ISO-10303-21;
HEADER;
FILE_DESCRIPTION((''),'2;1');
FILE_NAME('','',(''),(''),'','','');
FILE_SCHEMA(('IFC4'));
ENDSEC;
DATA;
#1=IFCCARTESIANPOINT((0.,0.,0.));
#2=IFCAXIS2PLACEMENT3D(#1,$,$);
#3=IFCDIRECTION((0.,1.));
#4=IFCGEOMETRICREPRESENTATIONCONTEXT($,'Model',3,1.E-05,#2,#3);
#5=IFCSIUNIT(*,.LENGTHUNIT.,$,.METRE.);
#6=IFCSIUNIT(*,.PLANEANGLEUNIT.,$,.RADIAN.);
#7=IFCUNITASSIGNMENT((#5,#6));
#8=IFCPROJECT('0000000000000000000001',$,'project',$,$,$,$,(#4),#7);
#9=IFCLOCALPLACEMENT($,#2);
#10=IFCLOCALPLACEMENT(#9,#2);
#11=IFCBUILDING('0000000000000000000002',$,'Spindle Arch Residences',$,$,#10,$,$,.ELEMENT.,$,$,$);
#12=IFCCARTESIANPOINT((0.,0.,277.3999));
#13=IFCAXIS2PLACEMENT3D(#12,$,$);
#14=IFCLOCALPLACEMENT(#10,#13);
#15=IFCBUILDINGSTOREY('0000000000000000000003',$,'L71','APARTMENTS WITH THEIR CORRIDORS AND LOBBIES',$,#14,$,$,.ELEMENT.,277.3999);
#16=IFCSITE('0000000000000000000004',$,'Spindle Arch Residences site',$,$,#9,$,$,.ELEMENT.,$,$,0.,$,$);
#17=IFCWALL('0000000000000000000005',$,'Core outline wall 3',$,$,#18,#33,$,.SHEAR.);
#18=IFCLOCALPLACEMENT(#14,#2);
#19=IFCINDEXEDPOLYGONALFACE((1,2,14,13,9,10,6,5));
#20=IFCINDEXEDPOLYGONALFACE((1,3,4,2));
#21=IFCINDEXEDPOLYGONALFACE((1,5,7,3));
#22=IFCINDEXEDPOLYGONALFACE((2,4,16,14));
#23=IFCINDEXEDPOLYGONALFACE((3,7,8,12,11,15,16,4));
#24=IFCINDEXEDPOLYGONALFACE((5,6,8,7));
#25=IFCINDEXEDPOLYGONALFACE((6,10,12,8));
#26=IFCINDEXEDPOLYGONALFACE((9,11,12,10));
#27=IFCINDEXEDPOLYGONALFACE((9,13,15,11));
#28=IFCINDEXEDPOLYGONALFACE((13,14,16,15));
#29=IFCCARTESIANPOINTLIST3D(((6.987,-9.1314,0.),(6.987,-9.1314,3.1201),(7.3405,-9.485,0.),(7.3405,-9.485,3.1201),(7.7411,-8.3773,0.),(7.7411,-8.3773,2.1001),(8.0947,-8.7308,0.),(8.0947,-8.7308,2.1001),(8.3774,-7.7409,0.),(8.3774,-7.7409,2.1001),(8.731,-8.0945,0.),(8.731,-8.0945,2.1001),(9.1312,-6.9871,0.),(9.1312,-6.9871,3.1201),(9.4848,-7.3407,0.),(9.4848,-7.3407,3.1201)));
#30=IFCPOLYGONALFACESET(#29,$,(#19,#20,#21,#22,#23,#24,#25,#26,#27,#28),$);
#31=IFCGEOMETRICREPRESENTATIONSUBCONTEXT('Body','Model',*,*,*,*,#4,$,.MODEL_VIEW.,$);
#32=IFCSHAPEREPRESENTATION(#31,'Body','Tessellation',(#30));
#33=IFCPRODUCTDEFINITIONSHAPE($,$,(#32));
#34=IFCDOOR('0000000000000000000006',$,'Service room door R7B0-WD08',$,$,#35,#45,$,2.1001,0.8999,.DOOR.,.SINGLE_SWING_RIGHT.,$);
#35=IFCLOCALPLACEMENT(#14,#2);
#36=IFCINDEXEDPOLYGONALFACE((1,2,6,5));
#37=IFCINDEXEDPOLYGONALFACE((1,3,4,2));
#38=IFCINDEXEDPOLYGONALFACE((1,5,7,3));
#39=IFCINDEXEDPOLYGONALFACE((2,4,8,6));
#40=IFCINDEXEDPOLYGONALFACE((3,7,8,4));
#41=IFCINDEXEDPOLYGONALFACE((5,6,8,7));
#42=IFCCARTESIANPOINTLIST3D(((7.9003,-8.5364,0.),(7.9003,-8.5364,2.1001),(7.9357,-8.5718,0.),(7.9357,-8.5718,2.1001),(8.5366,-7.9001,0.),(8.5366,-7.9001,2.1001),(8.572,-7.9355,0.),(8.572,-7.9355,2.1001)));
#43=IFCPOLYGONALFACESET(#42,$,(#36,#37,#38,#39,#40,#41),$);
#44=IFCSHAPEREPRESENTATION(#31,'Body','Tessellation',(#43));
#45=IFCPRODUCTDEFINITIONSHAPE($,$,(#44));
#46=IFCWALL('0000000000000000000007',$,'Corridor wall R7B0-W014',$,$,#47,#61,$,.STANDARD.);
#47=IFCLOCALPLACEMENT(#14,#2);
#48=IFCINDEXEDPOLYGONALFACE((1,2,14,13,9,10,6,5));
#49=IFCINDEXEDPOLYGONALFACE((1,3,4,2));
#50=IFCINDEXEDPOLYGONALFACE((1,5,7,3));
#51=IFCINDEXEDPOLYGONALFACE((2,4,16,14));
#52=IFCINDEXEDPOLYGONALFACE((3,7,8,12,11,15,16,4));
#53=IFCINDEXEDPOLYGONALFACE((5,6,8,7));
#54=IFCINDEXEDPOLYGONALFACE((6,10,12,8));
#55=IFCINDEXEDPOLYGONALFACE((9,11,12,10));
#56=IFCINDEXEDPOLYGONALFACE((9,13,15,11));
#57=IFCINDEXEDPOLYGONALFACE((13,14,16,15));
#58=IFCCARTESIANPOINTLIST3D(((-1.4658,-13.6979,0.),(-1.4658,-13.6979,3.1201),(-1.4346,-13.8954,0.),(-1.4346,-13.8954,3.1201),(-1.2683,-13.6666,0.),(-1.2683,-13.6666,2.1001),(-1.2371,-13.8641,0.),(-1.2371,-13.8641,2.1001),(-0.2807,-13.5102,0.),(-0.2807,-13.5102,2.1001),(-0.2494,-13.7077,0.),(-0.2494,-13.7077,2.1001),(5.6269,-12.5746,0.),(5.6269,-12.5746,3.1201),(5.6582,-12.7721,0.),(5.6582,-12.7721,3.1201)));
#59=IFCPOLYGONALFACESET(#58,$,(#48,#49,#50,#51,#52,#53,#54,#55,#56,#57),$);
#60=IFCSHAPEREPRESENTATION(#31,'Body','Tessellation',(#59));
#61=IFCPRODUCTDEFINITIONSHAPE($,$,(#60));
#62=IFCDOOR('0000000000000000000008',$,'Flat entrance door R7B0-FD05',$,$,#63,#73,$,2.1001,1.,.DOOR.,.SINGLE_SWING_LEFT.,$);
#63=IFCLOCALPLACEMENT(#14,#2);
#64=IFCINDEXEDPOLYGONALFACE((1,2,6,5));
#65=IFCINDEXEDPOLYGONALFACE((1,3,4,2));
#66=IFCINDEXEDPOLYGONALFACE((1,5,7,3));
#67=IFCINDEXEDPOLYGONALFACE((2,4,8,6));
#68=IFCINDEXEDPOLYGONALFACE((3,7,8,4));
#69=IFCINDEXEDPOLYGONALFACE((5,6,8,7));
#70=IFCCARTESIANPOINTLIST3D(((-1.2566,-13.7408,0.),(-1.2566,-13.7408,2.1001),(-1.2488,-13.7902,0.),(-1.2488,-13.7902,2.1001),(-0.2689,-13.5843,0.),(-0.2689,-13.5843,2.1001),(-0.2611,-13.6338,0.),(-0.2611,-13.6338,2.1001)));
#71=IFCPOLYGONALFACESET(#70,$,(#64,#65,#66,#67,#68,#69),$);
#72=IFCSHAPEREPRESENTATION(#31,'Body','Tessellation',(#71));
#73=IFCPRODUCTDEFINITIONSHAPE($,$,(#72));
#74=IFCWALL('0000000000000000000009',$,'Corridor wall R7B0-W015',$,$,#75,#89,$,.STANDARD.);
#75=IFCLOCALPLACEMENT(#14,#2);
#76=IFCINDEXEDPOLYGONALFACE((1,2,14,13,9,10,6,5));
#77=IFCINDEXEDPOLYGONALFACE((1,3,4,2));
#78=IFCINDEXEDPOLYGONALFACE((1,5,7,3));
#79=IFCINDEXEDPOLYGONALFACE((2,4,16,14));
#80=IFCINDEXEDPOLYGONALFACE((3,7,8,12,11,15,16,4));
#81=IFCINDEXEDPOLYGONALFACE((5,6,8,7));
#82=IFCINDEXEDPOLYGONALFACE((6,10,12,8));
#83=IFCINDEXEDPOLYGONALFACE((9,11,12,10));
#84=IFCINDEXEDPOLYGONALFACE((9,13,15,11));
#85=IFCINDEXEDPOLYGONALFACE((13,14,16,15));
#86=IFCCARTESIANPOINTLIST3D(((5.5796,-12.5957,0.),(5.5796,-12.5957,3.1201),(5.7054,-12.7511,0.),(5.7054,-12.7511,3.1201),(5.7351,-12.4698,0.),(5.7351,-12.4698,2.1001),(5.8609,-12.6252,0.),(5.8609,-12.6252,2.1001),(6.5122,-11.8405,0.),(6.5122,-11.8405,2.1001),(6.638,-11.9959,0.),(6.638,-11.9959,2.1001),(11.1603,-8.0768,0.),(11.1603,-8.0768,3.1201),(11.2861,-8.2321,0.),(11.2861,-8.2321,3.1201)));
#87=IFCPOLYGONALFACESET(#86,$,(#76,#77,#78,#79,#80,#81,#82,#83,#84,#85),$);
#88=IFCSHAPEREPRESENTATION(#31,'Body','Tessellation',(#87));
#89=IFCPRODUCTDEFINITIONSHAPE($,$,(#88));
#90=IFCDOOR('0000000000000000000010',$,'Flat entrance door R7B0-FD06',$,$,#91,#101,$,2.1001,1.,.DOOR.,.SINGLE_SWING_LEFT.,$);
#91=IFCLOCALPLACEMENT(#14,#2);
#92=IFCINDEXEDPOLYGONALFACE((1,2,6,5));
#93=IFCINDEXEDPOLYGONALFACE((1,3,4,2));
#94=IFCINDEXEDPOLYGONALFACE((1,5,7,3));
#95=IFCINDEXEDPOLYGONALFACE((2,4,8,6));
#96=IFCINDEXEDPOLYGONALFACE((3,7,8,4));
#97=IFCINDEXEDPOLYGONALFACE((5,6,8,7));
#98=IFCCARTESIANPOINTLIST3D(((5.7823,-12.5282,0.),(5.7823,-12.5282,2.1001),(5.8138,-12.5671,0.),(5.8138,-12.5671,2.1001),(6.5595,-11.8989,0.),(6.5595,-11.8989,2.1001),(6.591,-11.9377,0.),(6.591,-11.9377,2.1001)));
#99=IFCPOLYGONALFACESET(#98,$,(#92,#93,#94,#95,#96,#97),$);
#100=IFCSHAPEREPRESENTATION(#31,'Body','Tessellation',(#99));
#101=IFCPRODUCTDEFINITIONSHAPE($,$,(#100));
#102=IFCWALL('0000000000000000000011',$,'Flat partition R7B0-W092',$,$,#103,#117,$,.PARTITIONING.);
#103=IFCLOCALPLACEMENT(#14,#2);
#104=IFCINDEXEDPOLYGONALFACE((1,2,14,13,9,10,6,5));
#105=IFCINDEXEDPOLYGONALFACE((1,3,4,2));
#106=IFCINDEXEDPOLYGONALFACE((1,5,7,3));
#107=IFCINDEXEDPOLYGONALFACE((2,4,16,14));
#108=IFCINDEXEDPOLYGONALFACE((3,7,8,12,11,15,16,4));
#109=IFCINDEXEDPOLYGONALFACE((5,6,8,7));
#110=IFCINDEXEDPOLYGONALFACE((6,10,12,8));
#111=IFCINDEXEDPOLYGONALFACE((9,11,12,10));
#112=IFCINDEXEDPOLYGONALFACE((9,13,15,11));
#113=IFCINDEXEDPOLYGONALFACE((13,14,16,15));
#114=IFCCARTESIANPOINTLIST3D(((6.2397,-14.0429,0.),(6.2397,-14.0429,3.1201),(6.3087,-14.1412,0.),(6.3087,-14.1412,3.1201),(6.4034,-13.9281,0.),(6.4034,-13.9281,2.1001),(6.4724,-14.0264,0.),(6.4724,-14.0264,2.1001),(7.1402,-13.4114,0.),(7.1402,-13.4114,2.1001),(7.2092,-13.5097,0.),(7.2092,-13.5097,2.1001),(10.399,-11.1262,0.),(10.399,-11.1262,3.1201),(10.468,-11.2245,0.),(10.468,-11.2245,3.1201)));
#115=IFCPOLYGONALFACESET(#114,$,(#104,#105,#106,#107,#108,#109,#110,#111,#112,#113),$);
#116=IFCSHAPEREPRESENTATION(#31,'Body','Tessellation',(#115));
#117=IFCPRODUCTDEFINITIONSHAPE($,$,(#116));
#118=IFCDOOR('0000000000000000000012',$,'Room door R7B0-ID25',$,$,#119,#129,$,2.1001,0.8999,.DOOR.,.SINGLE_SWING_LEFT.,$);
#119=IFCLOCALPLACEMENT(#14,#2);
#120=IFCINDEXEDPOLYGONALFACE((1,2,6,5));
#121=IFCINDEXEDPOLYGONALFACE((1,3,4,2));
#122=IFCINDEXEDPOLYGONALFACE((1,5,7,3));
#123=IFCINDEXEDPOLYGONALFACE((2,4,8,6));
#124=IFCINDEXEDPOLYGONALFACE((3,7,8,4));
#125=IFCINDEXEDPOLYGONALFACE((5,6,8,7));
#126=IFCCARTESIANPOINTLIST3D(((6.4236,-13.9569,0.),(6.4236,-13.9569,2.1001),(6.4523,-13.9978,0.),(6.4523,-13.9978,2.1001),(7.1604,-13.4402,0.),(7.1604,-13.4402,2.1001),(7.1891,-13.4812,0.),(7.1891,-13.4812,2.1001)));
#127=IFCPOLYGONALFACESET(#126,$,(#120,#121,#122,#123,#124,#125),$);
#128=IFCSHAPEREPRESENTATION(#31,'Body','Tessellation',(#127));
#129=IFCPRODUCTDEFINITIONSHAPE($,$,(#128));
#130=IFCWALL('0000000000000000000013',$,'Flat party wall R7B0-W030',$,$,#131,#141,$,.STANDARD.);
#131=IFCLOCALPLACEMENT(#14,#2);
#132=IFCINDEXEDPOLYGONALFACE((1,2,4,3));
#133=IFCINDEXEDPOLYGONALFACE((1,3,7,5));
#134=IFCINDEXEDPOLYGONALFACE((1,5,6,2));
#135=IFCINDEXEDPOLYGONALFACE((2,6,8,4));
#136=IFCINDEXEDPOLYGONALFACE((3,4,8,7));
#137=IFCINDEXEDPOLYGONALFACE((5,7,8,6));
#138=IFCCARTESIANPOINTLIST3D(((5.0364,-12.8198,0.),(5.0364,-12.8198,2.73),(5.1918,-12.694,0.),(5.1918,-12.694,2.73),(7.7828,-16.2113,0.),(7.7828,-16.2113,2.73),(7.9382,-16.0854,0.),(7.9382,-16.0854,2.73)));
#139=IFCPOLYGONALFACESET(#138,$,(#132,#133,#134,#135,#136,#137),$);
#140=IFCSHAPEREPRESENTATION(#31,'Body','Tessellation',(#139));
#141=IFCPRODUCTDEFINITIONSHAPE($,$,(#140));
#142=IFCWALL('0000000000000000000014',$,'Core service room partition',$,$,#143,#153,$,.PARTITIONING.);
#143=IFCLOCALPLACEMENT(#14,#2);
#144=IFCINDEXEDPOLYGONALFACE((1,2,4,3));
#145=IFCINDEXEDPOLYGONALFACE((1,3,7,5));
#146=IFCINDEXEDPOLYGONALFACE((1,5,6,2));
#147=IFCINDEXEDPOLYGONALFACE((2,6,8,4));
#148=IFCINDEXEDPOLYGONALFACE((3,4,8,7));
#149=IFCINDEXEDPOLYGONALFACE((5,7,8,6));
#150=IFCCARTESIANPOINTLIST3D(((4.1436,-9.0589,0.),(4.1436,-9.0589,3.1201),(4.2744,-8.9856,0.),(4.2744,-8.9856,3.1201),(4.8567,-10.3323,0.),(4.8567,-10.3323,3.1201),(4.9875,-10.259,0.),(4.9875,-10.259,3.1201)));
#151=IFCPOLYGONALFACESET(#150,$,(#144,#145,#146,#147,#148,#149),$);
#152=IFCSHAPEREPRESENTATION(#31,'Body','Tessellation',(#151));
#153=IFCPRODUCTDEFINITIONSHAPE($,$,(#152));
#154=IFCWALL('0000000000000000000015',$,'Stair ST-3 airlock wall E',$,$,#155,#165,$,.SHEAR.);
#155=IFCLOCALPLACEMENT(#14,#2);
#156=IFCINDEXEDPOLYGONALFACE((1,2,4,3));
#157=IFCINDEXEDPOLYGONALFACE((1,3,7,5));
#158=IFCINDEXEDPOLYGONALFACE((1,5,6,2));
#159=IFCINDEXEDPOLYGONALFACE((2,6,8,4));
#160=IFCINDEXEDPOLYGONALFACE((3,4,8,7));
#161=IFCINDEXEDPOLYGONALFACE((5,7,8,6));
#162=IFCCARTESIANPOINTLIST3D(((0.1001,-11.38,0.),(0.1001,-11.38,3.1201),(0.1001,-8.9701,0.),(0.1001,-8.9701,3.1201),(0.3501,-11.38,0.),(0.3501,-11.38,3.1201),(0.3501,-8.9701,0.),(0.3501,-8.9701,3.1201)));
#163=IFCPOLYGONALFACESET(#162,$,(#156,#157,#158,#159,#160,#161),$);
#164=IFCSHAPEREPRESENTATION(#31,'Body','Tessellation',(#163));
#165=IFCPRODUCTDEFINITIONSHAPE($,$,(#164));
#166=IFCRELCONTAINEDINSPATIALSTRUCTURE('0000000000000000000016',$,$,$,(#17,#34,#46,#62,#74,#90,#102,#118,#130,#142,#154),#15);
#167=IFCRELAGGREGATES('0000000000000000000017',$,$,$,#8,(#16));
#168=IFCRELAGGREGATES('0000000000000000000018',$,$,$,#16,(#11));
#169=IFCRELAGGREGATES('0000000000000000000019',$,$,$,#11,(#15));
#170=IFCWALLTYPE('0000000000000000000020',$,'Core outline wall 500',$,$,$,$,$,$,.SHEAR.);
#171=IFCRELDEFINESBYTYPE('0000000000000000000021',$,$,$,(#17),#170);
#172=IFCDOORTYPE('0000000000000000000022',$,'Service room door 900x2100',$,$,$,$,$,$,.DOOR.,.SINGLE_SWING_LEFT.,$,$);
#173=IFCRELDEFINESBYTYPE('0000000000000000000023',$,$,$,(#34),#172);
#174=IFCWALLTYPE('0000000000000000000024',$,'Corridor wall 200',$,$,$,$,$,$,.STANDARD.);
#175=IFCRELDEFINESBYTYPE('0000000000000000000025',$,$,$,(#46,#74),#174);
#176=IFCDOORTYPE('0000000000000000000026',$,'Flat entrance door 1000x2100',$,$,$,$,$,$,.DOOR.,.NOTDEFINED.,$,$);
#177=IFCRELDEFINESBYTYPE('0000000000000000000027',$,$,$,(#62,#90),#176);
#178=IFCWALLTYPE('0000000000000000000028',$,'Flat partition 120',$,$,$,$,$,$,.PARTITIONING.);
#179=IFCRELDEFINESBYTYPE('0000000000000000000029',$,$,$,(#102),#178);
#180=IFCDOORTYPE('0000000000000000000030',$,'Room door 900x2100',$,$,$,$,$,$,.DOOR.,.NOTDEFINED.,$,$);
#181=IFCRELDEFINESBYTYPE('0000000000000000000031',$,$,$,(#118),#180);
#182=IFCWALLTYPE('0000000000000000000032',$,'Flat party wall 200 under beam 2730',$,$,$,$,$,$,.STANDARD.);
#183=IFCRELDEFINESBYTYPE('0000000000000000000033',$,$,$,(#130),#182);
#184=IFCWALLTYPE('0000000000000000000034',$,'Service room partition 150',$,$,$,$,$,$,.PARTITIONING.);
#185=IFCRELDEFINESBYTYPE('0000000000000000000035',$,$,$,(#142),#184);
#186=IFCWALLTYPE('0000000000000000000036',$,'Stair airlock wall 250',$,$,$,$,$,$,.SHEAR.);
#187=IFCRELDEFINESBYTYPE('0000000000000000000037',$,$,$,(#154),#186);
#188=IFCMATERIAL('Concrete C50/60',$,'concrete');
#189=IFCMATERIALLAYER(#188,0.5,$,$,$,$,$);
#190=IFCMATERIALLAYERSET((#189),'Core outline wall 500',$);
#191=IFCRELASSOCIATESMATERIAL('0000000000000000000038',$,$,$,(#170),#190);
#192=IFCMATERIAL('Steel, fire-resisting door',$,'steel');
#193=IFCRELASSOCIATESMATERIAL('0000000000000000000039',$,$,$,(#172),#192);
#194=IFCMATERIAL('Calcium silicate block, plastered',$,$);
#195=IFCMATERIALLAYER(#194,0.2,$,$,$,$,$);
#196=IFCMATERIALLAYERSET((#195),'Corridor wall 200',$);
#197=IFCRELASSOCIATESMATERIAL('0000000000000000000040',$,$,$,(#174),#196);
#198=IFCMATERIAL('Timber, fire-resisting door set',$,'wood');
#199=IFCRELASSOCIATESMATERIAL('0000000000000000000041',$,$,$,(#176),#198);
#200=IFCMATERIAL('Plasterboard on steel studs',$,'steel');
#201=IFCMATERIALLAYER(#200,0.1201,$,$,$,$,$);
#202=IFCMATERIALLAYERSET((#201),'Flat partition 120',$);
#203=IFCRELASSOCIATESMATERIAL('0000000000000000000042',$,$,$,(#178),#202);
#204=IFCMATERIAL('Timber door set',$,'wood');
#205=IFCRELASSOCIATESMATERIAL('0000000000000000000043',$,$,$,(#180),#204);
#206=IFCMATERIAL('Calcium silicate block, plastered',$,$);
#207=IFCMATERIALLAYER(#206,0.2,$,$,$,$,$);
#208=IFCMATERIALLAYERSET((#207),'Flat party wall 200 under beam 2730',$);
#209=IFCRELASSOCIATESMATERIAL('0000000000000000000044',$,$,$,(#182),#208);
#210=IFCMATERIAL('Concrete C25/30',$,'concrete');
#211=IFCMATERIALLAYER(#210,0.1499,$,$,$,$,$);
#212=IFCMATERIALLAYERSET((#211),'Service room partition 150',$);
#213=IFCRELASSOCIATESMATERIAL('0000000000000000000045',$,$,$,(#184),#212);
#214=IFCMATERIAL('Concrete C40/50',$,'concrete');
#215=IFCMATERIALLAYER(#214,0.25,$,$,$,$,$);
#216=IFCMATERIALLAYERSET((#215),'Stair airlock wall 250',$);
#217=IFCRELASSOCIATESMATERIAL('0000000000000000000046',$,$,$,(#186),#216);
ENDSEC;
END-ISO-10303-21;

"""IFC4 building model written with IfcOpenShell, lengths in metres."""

from ifc_helpers import new_model, si_unit, direction, frame, frame_2d, origin, place, context, subcontext, project, spatial, rectangle, extrude, material, layer, layer_set, type_object, element, fill, save


model = new_model("IFC4")

# Units and contexts
model_context = context("Model", 3, precision=1e-05, world=origin(), true_north=direction((0.0, 1.0)))
body_context = subcontext(model_context, "Body", "Model", "MODEL_VIEW")
ifc_project = project(units=[si_unit("LENGTHUNIT", "METRE"), si_unit("PLANEANGLEUNIT", "RADIAN")], contexts=[model_context])

# Site, building, storey
site_placement = place(None, origin())
site = spatial("IfcSite", under=ifc_project, at=site_placement, Name="Spindle Arch Residences site", CompositionType="ELEMENT", RefElevation=0.0)
building_placement = place(site_placement, origin())
building = spatial("IfcBuilding", under=site, at=building_placement, Name="Spindle Arch Residences", CompositionType="ELEMENT")
storey_placement = place(building_placement, frame((0.0, 0.0, 277.3999)))
storey = spatial("IfcBuildingStorey", under=building, at=storey_placement, Name="L71", Description="APARTMENTS WITH THEIR CORRIDORS AND LOBBIES", CompositionType="ELEMENT", Elevation=277.3999)

# Shared definitions
ifc_material_1 = material(Name="Concrete C50/60", Category="concrete")
ifc_layer_1 = layer(ifc_material_1, 0.5)
ifc_layer_set_1 = layer_set([ifc_layer_1], Name="Core outline wall 500")
wall_type_1 = type_object("IfcWallType", Name="Core outline wall 500", PredefinedType="SHEAR", material=ifc_layer_set_1)
ifc_material_2 = material(Name="Steel, fire-resisting door", Category="steel")
door_type_1 = type_object("IfcDoorType", Name="Service room door 900x2100", OperationType="SINGLE_SWING_LEFT", PredefinedType="DOOR", material=ifc_material_2)

# Walls, openings, doors
wall_1_placement = place(storey_placement, frame((7.1638, -9.3081, 0.0), z_axis=(0.0, 0.0, 1.0), x_axis=(0.707107, 0.707107, 0.0)))
wall_1 = element("IfcWall", 1, at=wall_1_placement, inside=storey, type_object=wall_type_1, Name="Core outline wall 3", PredefinedType="SHEAR", context=body_context, shape_type="SweptSolid", body=[
    extrude(rectangle(XDim=3.0325, YDim=0.5, at=frame_2d((1.5161, 0.0))), origin(), (0.0, 0.0, 1.0), 3.1201),
])
opening_1_placement = place(wall_1_placement, frame((1.0664, 0.0, 0.0)))
opening_1 = element("IfcOpeningElement", 2, at=opening_1_placement, cuts=wall_1, PredefinedType="OPENING", context=body_context, shape_type="SweptSolid", body=[
    extrude(rectangle(XDim=0.8999, YDim=2.1001, at=frame_2d((0.45, 1.05))), frame((0.0, 0.26, 0.0), z_axis=(0.0, -1.0, 0.0), x_axis=(1.0, 0.0, 0.0)), (0.0, 0.0, 1.0), 0.52),
])
door_1_placement = place(opening_1_placement, origin())
door_1 = element("IfcDoor", 3, at=door_1_placement, inside=storey, type_object=door_type_1, Name="Service room door R7B0-WD08", OperationType="SINGLE_SWING_RIGHT", OverallHeight=2.1001, OverallWidth=0.8999, PredefinedType="DOOR", context=body_context, shape_type="SweptSolid", body=[
    extrude(rectangle(XDim=0.8999, YDim=2.1001, at=frame_2d((0.45, 1.05))), frame((0.0, 0.0249, 0.0), z_axis=(0.0, -1.0, 0.0), x_axis=(1.0, 0.0, 0.0)), (0.0, 0.0, 1.0), 0.05),
])
fill(opening_1, door_1)
ifc_material_3 = material(Name="Calcium silicate block, plastered")
ifc_layer_2 = layer(ifc_material_3, 0.2)
ifc_layer_set_2 = layer_set([ifc_layer_2], Name="Corridor wall 200")
wall_type_2 = type_object("IfcWallType", Name="Corridor wall 200", PredefinedType="STANDARD", material=ifc_layer_set_2)
wall_2_placement = place(storey_placement, frame((-1.4502, -13.7966, 0.0), z_axis=(0.0, 0.0, 1.0), x_axis=(0.98769, 0.156422, 0.0)))
wall_2 = element("IfcWall", 4, at=wall_2_placement, inside=storey, type_object=wall_type_2, Name="Corridor wall R7B0-W014", PredefinedType="STANDARD", context=body_context, shape_type="SweptSolid", body=[
    extrude(rectangle(XDim=7.1812, YDim=0.2, at=frame_2d((3.5906, 0.0))), origin(), (0.0, 0.0, 1.0), 3.1201),
])
opening_2_placement = place(wall_2_placement, frame((0.2, 0.0, 0.0)))
opening_2 = element("IfcOpeningElement", 5, at=opening_2_placement, cuts=wall_2, PredefinedType="OPENING", context=body_context, shape_type="SweptSolid", body=[
    extrude(rectangle(XDim=1.0, YDim=2.1001, at=frame_2d((0.5, 1.05))), frame((0.0, 0.1099, 0.0), z_axis=(0.0, -1.0, 0.0), x_axis=(1.0, 0.0, 0.0)), (0.0, 0.0, 1.0), 0.22),
])
ifc_material_4 = material(Name="Timber, fire-resisting door set", Category="wood")
door_type_2 = type_object("IfcDoorType", Name="Flat entrance door 1000x2100", OperationType="NOTDEFINED", PredefinedType="DOOR", material=ifc_material_4)
door_2_placement = place(opening_2_placement, origin())
door_2 = element("IfcDoor", 6, at=door_2_placement, inside=storey, type_object=door_type_2, Name="Flat entrance door R7B0-FD05", OperationType="SINGLE_SWING_LEFT", OverallHeight=2.1001, OverallWidth=1.0, PredefinedType="DOOR", context=body_context, shape_type="SweptSolid", body=[
    extrude(rectangle(XDim=1.0, YDim=2.1001, at=frame_2d((0.5, 1.05))), frame((0.0, 0.0249, 0.0), z_axis=(0.0, -1.0, 0.0), x_axis=(1.0, 0.0, 0.0)), (0.0, 0.0, 1.0), 0.05),
])
fill(opening_2, door_2)
wall_3_placement = place(storey_placement, frame((5.6426, -12.6733, 0.0), z_axis=(0.0, 0.0, 1.0), x_axis=(0.77716, 0.629303, 0.0)))
wall_3 = element("IfcWall", 7, at=wall_3_placement, inside=storey, type_object=wall_type_2, Name="Corridor wall R7B0-W015", PredefinedType="STANDARD", context=body_context, shape_type="SweptSolid", body=[
    extrude(rectangle(XDim=7.1809, YDim=0.2, at=frame_2d((3.5903, 0.0))), origin(), (0.0, 0.0, 1.0), 3.1201),
])
opening_3_placement = place(wall_3_placement, frame((0.2, 0.0, 0.0)))
opening_3 = element("IfcOpeningElement", 8, at=opening_3_placement, cuts=wall_3, PredefinedType="OPENING", context=body_context, shape_type="SweptSolid", body=[
    extrude(rectangle(XDim=1.0, YDim=2.1001, at=frame_2d((0.5, 1.05))), frame((0.0, 0.1099, 0.0), z_axis=(0.0, -1.0, 0.0), x_axis=(1.0, 0.0, 0.0)), (0.0, 0.0, 1.0), 0.22),
])
door_3_placement = place(opening_3_placement, origin())
door_3 = element("IfcDoor", 9, at=door_3_placement, inside=storey, type_object=door_type_2, Name="Flat entrance door R7B0-FD06", OperationType="SINGLE_SWING_LEFT", OverallHeight=2.1001, OverallWidth=1.0, PredefinedType="DOOR", context=body_context, shape_type="SweptSolid", body=[
    extrude(rectangle(XDim=1.0, YDim=2.1001, at=frame_2d((0.5, 1.05))), frame((0.0, 0.0249, 0.0), z_axis=(0.0, -1.0, 0.0), x_axis=(1.0, 0.0, 0.0)), (0.0, 0.0, 1.0), 0.05),
])
fill(opening_3, door_3)
ifc_material_5 = material(Name="Plasterboard on steel studs", Category="steel")
ifc_layer_3 = layer(ifc_material_5, 0.1201)
ifc_layer_set_3 = layer_set([ifc_layer_3], Name="Flat partition 120")
wall_type_3 = type_object("IfcWallType", Name="Flat partition 120", PredefinedType="PARTITIONING", material=ifc_layer_set_3)
wall_4_placement = place(storey_placement, frame((6.2742, -14.092, 0.0), z_axis=(0.0, 0.0, 1.0), x_axis=(0.818755, 0.574143, 0.0)))
wall_4 = element("IfcWall", 10, at=wall_4_placement, inside=storey, type_object=wall_type_3, Name="Flat partition R7B0-W092", PredefinedType="PARTITIONING", context=body_context, shape_type="SweptSolid", body=[
    extrude(rectangle(XDim=5.0801, YDim=0.1201, at=frame_2d((2.54, 0.0))), origin(), (0.0, 0.0, 1.0), 3.1201),
])
opening_4_placement = place(wall_4_placement, frame((0.2, 0.0, 0.0)))
opening_4 = element("IfcOpeningElement", 11, at=opening_4_placement, cuts=wall_4, PredefinedType="OPENING", context=body_context, shape_type="SweptSolid", body=[
    extrude(rectangle(XDim=0.8999, YDim=2.1001, at=frame_2d((0.45, 1.05))), frame((0.0, 0.0701, 0.0), z_axis=(0.0, -1.0, 0.0), x_axis=(1.0, 0.0, 0.0)), (0.0, 0.0, 1.0), 0.1401),
])
ifc_material_6 = material(Name="Timber door set", Category="wood")
door_type_3 = type_object("IfcDoorType", Name="Room door 900x2100", OperationType="NOTDEFINED", PredefinedType="DOOR", material=ifc_material_6)
door_4_placement = place(opening_4_placement, origin())
door_4 = element("IfcDoor", 12, at=door_4_placement, inside=storey, type_object=door_type_3, Name="Room door R7B0-ID25", OperationType="SINGLE_SWING_LEFT", OverallHeight=2.1001, OverallWidth=0.8999, PredefinedType="DOOR", context=body_context, shape_type="SweptSolid", body=[
    extrude(rectangle(XDim=0.8999, YDim=2.1001, at=frame_2d((0.45, 1.05))), frame((0.0, 0.0249, 0.0), z_axis=(0.0, -1.0, 0.0), x_axis=(1.0, 0.0, 0.0)), (0.0, 0.0, 1.0), 0.05),
])
fill(opening_4, door_4)

# Wall
ifc_material_7 = material(Name="Calcium silicate block, plastered")
ifc_layer_4 = layer(ifc_material_7, 0.2)
ifc_layer_set_4 = layer_set([ifc_layer_4], Name="Flat party wall 200 under beam 2730")
wall_type_4 = type_object("IfcWallType", Name="Flat party wall 200 under beam 2730", PredefinedType="STANDARD", material=ifc_layer_set_4)
wall_5_placement = place(storey_placement, frame((7.8606, -16.1484, 0.0), z_axis=(0.0, 0.0, 1.0), x_axis=(-0.62933, 0.777138, 0.0)))
element("IfcWall", 13, at=wall_5_placement, inside=storey, type_object=wall_type_4, Name="Flat party wall R7B0-W030", PredefinedType="STANDARD", context=body_context, shape_type="SweptSolid", body=[
    extrude(rectangle(XDim=4.364, YDim=0.2, at=frame_2d((2.1821, 0.0))), origin(), (0.0, 0.0, 1.0), 2.73),
])

# Walls
ifc_material_8 = material(Name="Concrete C25/30", Category="concrete")
ifc_layer_5 = layer(ifc_material_8, 0.1499)
ifc_layer_set_5 = layer_set([ifc_layer_5], Name="Service room partition 150")
wall_type_5 = type_object("IfcWallType", Name="Service room partition 150", PredefinedType="PARTITIONING", material=ifc_layer_set_5)
wall_6_placement = place(storey_placement, frame((4.9221, -10.2957, 0.0), z_axis=(0.0, 0.0, 1.0), x_axis=(-0.488608, 0.872503, 0.0)))
element("IfcWall", 14, at=wall_6_placement, inside=storey, type_object=wall_type_5, Name="Core service room partition", PredefinedType="PARTITIONING", context=body_context, shape_type="SweptSolid", body=[
    extrude(rectangle(XDim=1.4595, YDim=0.1499, at=frame_2d((0.7297, 0.0))), origin(), (0.0, 0.0, 1.0), 3.1201),
])
ifc_material_9 = material(Name="Concrete C40/50", Category="concrete")
ifc_layer_6 = layer(ifc_material_9, 0.25)
ifc_layer_set_6 = layer_set([ifc_layer_6], Name="Stair airlock wall 250")
wall_type_6 = type_object("IfcWallType", Name="Stair airlock wall 250", PredefinedType="SHEAR", material=ifc_layer_set_6)
wall_7_placement = place(storey_placement, frame((0.2251, -8.97, 0.0), z_axis=(0.0, 0.0, 1.0), x_axis=(0.0, -1.0, 0.0)))
element("IfcWall", 15, at=wall_7_placement, inside=storey, type_object=wall_type_6, Name="Stair ST-3 airlock wall E", PredefinedType="SHEAR", context=body_context, shape_type="SweptSolid", body=[
    extrude(rectangle(XDim=2.4099, YDim=0.25, at=frame_2d((1.2051, 0.0))), origin(), (0.0, 0.0, 1.0), 3.1201),
])

save(model, "model.ifc")
